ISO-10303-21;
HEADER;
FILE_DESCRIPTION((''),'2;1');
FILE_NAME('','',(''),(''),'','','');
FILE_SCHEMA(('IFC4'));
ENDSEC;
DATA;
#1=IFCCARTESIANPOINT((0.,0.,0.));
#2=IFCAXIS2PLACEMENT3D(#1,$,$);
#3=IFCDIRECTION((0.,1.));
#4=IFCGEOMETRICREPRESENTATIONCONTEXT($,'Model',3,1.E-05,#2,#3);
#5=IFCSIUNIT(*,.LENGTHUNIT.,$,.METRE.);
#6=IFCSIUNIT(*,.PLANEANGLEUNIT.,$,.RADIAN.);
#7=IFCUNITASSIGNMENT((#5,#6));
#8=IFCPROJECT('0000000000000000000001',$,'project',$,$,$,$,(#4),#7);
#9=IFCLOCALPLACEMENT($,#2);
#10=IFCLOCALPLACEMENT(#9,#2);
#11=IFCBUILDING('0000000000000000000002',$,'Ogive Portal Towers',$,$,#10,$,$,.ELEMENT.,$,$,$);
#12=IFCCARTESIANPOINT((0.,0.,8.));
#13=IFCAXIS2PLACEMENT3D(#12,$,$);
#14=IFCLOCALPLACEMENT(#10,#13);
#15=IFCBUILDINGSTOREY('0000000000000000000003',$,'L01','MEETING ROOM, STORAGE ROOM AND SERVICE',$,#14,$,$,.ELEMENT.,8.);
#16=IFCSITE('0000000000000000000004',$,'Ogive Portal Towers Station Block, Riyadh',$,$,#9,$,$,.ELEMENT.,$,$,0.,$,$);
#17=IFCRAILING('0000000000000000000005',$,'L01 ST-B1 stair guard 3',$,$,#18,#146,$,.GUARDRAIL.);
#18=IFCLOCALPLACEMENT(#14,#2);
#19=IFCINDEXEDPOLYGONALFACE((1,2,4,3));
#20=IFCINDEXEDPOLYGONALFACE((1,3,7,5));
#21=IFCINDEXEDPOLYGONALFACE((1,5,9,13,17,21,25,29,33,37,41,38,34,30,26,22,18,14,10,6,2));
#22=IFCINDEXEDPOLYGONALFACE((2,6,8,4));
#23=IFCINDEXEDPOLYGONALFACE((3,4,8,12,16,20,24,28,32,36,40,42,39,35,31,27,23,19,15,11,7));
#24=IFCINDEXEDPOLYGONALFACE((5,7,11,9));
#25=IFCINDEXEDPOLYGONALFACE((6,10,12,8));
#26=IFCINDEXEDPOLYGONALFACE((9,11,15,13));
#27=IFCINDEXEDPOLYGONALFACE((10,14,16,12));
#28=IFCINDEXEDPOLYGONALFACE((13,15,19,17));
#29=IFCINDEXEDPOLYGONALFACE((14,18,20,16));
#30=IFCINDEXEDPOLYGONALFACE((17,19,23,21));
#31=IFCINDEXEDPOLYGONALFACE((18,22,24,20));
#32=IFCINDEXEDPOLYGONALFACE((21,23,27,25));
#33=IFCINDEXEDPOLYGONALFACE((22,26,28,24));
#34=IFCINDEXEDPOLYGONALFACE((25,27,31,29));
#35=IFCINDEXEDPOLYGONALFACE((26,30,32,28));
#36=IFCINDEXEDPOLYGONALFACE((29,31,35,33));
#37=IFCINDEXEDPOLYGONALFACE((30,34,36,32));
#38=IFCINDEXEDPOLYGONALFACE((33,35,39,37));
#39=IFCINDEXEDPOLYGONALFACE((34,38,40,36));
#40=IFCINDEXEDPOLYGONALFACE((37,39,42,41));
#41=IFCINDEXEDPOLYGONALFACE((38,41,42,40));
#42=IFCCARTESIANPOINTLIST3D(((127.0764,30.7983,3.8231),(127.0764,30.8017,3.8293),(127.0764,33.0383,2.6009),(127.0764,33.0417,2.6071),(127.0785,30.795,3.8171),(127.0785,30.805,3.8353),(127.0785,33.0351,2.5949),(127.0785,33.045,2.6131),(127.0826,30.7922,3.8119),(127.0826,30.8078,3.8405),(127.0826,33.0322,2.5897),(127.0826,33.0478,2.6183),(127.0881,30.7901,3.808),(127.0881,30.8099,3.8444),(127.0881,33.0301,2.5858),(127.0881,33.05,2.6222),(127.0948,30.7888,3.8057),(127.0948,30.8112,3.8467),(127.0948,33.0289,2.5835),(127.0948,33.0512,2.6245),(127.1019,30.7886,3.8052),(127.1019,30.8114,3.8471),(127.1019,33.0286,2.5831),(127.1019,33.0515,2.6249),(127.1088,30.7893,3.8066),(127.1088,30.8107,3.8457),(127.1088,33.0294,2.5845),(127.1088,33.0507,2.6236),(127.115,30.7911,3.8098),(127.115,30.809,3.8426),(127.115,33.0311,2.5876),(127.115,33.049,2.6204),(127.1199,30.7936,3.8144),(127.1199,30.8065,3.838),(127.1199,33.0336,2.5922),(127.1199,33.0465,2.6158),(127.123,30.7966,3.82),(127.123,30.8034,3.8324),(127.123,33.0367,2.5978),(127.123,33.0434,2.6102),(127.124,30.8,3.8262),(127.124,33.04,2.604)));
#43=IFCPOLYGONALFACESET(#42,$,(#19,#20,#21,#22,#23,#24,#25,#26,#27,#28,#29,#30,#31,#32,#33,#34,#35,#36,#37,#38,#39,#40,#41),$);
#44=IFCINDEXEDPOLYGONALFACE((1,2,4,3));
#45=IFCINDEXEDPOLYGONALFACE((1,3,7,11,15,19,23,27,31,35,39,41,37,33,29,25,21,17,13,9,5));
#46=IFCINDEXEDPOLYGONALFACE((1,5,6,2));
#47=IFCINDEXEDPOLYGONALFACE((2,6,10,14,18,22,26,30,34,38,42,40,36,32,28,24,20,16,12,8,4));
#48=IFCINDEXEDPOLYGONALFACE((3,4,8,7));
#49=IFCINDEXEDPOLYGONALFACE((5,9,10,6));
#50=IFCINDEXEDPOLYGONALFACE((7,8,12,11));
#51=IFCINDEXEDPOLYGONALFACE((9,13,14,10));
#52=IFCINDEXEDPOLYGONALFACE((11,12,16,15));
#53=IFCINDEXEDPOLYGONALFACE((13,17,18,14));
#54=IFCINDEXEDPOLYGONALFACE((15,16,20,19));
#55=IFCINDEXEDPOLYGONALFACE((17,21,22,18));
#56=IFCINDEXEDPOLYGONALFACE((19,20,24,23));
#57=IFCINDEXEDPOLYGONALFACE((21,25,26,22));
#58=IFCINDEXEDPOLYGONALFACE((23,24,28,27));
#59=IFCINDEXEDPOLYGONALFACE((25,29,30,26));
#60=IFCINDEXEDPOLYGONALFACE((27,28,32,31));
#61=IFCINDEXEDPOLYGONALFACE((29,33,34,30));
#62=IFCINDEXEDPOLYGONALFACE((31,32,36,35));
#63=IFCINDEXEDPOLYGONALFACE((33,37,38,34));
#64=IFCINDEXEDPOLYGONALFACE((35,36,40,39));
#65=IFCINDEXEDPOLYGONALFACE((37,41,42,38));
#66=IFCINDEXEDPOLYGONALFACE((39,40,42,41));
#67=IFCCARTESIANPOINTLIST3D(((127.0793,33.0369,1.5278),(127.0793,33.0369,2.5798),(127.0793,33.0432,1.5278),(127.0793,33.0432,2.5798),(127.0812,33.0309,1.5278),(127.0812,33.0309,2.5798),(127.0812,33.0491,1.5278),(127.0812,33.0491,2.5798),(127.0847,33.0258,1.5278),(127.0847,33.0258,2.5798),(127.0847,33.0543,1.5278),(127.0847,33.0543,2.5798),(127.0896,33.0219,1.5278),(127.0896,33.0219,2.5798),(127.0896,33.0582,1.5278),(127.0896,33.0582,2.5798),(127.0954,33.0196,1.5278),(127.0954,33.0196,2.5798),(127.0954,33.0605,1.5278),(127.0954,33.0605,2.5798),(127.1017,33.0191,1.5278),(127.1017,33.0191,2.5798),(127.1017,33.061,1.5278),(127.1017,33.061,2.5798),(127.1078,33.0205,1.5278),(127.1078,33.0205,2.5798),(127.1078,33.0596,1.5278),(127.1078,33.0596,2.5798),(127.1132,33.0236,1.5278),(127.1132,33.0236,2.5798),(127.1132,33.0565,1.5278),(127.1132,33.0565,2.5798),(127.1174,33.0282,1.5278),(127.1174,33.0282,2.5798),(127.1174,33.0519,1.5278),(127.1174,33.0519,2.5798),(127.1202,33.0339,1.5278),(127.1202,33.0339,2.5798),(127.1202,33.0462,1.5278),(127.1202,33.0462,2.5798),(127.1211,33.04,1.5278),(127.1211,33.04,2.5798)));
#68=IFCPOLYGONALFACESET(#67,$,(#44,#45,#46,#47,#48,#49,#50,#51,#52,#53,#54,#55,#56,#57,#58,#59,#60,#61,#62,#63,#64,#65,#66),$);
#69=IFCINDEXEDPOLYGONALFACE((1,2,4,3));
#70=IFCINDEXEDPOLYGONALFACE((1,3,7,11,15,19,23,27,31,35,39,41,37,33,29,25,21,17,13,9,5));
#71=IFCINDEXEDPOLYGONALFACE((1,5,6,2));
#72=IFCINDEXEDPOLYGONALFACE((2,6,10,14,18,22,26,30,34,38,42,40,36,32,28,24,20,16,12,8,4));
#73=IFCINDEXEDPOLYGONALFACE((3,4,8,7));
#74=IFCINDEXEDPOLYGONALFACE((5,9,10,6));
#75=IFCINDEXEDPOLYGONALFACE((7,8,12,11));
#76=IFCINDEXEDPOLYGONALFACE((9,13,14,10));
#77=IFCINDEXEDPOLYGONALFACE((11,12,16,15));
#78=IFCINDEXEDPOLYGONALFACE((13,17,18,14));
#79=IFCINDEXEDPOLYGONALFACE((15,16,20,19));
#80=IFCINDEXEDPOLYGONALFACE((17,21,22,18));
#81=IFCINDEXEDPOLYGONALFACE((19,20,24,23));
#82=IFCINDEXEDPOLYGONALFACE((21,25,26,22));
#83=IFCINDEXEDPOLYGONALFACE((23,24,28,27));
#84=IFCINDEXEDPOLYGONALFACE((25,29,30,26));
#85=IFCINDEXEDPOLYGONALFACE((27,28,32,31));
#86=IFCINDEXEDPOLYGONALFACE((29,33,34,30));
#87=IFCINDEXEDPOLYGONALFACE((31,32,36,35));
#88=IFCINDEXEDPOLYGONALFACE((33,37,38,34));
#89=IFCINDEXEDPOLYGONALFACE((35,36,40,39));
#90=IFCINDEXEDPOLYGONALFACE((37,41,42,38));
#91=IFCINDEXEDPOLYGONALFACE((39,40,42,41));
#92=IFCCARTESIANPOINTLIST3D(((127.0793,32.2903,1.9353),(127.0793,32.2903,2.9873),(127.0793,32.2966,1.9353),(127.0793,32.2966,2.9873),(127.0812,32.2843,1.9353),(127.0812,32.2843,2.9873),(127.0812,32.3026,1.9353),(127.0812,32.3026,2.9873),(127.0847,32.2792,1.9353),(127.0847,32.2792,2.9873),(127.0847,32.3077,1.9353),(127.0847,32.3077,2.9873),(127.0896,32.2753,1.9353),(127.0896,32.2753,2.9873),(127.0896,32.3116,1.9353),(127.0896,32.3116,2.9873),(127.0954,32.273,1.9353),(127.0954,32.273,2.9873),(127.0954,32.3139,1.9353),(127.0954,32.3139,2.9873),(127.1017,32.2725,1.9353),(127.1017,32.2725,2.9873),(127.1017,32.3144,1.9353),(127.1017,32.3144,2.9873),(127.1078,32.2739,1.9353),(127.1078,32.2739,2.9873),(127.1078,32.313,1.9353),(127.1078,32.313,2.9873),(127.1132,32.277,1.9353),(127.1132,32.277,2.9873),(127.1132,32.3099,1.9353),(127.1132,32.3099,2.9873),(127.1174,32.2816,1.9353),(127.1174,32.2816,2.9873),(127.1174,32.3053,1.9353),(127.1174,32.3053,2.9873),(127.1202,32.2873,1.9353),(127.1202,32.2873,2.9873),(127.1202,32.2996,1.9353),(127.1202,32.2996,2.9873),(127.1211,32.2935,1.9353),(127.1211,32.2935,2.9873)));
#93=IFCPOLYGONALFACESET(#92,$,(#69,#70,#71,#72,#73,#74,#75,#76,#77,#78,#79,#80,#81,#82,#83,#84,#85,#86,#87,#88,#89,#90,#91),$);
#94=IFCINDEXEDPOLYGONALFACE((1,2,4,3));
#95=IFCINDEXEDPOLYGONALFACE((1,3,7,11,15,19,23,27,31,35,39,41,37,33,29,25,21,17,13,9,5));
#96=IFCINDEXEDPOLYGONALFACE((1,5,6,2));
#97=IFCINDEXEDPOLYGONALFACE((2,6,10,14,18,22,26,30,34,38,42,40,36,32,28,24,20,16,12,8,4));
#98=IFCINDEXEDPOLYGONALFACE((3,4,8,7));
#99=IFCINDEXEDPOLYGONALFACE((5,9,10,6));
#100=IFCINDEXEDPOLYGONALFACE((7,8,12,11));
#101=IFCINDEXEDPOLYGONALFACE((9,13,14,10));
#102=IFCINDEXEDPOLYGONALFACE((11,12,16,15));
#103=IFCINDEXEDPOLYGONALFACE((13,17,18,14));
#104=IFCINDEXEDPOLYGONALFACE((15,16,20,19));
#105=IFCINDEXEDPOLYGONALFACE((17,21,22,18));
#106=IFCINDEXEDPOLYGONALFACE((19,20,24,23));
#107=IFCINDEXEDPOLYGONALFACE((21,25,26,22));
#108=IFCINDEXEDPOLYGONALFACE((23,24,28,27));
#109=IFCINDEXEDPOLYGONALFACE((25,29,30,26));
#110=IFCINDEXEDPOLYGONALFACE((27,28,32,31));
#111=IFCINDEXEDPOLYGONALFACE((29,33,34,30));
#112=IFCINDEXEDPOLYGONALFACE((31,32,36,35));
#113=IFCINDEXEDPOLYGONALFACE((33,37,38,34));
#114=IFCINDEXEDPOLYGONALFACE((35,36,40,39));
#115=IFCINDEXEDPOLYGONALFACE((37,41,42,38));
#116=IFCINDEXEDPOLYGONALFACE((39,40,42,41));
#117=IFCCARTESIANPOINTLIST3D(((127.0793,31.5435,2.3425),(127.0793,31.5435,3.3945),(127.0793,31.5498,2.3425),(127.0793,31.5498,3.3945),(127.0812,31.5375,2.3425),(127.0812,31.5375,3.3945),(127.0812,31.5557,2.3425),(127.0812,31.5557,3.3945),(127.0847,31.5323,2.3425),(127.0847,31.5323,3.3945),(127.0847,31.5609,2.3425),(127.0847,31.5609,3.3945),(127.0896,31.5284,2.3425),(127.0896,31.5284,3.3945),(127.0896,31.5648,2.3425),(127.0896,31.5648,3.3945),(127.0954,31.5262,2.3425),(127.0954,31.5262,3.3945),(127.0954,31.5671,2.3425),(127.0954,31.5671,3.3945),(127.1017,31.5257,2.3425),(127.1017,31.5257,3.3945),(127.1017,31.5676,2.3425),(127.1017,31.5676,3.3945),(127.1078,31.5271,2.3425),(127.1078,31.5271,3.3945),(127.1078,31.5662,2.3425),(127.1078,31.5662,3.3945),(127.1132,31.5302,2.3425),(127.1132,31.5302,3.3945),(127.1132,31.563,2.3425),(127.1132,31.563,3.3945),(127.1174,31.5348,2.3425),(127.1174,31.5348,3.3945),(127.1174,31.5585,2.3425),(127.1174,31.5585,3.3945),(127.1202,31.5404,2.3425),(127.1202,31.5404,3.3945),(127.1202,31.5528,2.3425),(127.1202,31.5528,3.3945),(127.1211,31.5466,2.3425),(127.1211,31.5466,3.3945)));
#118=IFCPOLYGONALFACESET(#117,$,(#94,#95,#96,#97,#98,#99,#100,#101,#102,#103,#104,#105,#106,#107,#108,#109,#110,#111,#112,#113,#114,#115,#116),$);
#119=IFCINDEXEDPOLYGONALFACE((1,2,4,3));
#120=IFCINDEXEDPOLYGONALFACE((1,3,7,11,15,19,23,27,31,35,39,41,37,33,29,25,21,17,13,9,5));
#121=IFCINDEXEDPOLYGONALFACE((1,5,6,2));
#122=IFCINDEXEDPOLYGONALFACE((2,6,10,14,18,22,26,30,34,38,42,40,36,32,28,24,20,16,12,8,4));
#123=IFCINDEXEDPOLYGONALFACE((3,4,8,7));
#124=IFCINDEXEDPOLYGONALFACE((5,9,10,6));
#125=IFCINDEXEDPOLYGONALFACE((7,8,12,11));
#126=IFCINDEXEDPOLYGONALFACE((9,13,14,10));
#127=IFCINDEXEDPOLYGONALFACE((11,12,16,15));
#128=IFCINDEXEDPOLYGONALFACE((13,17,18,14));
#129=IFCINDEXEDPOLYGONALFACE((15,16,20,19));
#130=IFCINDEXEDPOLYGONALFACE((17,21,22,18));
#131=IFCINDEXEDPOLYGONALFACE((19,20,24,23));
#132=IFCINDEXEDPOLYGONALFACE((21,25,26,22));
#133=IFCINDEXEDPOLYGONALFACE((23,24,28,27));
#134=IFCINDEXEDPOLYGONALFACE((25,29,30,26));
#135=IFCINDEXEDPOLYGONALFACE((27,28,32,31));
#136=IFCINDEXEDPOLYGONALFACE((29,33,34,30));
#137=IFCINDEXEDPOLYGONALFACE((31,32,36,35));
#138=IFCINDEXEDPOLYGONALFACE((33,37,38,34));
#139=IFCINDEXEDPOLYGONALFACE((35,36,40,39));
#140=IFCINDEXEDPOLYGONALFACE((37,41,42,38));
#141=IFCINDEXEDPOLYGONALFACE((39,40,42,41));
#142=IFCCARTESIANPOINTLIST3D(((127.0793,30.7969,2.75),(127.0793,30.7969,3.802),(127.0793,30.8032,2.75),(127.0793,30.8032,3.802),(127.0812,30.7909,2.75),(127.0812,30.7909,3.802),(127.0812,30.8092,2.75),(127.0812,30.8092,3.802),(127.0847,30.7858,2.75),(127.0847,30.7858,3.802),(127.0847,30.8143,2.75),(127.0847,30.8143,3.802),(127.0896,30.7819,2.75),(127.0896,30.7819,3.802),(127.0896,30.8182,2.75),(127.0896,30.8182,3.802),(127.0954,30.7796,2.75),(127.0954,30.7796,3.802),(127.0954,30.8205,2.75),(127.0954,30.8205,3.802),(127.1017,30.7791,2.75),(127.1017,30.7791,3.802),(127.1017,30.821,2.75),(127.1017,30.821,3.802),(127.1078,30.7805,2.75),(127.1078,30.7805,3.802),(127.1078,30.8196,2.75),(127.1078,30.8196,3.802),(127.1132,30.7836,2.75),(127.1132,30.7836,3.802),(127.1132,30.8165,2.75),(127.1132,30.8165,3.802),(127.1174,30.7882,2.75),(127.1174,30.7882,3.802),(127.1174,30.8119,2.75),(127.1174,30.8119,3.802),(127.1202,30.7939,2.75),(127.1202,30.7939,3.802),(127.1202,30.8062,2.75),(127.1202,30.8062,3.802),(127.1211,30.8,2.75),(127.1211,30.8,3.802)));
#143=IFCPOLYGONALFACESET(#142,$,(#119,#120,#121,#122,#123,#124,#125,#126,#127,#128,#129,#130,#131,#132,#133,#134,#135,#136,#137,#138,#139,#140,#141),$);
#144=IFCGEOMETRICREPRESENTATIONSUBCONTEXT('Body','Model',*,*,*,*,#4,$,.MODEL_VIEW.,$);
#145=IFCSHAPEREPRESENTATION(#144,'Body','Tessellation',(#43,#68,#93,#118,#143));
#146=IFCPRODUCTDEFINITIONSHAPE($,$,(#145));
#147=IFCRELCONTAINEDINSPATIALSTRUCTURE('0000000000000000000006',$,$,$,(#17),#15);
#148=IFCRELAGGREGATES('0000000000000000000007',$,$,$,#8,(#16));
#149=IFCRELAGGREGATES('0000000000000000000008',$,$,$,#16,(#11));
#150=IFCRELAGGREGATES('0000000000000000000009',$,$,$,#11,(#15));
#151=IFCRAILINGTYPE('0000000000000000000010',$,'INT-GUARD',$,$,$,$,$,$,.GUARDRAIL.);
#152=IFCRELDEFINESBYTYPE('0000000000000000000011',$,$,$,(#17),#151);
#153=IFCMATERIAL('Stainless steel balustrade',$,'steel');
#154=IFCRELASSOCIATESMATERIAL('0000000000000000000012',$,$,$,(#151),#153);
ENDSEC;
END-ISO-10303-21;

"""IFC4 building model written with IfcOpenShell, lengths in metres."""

from ifc_helpers import new_model, si_unit, direction, frame, origin, origin_2d, place, context, subcontext, project, spatial, circle, extrude, material, type_object, element, save


model = new_model("IFC4")

# Units and contexts
model_context = context("Model", 3, precision=1e-05, world=origin(), true_north=direction((0.0, 1.0)))
body_context = subcontext(model_context, "Body", "Model", "MODEL_VIEW")
ifc_project = project(units=[si_unit("LENGTHUNIT", "METRE"), si_unit("PLANEANGLEUNIT", "RADIAN")], contexts=[model_context])

# Site, building, storey
site_placement = place(None, origin())
site = spatial("IfcSite", under=ifc_project, at=site_placement, Name="Ogive Portal Towers Station Block, Riyadh", CompositionType="ELEMENT", RefElevation=0.0)
building_placement = place(site_placement, origin())
building = spatial("IfcBuilding", under=site, at=building_placement, Name="Ogive Portal Towers", CompositionType="ELEMENT")
storey_placement = place(building_placement, frame((0.0, 0.0, 8.0)))
storey = spatial("IfcBuildingStorey", under=building, at=storey_placement, Name="L01", Description="MEETING ROOM, STORAGE ROOM AND SERVICE", CompositionType="ELEMENT", Elevation=8.0)

# Railing
ifc_material_1 = material(Name="Stainless steel balustrade", Category="steel")
railing_type_1 = type_object("IfcRailingType", Name="INT-GUARD", PredefinedType="GUARDRAIL", material=ifc_material_1)
railing_1_placement = place(storey_placement, frame((127.1001, 33.04, 1.5278)))
element("IfcRailing", 1, at=railing_1_placement, inside=storey, type_object=railing_type_1, Name="L01 ST-B1 stair guard 3", PredefinedType="GUARDRAIL", context=body_context, shape_type="SweptSolid", body=[
    extrude(circle(Radius=0.0239, at=origin_2d()), frame((0.0, 0.0, 1.0762), z_axis=(0.0, -0.877837, 0.478959), x_axis=(1.0, 0.0, 0.0)), (0.0, 0.0, 1.0), 2.5518),
    extrude(circle(Radius=0.021, at=origin_2d()), origin(), (0.0, 0.0, 1.0), 1.052),
    extrude(circle(Radius=0.021, at=origin_2d()), frame((0.0, -0.7466, 0.4075)), (0.0, 0.0, 1.0), 1.052),
    extrude(circle(Radius=0.021, at=origin_2d()), frame((0.0, -1.4934, 0.8147)), (0.0, 0.0, 1.0), 1.052),
    extrude(circle(Radius=0.021, at=origin_2d()), frame((0.0, -2.24, 1.2222)), (0.0, 0.0, 1.0), 1.052),
])

save(model, "model.ifc")
